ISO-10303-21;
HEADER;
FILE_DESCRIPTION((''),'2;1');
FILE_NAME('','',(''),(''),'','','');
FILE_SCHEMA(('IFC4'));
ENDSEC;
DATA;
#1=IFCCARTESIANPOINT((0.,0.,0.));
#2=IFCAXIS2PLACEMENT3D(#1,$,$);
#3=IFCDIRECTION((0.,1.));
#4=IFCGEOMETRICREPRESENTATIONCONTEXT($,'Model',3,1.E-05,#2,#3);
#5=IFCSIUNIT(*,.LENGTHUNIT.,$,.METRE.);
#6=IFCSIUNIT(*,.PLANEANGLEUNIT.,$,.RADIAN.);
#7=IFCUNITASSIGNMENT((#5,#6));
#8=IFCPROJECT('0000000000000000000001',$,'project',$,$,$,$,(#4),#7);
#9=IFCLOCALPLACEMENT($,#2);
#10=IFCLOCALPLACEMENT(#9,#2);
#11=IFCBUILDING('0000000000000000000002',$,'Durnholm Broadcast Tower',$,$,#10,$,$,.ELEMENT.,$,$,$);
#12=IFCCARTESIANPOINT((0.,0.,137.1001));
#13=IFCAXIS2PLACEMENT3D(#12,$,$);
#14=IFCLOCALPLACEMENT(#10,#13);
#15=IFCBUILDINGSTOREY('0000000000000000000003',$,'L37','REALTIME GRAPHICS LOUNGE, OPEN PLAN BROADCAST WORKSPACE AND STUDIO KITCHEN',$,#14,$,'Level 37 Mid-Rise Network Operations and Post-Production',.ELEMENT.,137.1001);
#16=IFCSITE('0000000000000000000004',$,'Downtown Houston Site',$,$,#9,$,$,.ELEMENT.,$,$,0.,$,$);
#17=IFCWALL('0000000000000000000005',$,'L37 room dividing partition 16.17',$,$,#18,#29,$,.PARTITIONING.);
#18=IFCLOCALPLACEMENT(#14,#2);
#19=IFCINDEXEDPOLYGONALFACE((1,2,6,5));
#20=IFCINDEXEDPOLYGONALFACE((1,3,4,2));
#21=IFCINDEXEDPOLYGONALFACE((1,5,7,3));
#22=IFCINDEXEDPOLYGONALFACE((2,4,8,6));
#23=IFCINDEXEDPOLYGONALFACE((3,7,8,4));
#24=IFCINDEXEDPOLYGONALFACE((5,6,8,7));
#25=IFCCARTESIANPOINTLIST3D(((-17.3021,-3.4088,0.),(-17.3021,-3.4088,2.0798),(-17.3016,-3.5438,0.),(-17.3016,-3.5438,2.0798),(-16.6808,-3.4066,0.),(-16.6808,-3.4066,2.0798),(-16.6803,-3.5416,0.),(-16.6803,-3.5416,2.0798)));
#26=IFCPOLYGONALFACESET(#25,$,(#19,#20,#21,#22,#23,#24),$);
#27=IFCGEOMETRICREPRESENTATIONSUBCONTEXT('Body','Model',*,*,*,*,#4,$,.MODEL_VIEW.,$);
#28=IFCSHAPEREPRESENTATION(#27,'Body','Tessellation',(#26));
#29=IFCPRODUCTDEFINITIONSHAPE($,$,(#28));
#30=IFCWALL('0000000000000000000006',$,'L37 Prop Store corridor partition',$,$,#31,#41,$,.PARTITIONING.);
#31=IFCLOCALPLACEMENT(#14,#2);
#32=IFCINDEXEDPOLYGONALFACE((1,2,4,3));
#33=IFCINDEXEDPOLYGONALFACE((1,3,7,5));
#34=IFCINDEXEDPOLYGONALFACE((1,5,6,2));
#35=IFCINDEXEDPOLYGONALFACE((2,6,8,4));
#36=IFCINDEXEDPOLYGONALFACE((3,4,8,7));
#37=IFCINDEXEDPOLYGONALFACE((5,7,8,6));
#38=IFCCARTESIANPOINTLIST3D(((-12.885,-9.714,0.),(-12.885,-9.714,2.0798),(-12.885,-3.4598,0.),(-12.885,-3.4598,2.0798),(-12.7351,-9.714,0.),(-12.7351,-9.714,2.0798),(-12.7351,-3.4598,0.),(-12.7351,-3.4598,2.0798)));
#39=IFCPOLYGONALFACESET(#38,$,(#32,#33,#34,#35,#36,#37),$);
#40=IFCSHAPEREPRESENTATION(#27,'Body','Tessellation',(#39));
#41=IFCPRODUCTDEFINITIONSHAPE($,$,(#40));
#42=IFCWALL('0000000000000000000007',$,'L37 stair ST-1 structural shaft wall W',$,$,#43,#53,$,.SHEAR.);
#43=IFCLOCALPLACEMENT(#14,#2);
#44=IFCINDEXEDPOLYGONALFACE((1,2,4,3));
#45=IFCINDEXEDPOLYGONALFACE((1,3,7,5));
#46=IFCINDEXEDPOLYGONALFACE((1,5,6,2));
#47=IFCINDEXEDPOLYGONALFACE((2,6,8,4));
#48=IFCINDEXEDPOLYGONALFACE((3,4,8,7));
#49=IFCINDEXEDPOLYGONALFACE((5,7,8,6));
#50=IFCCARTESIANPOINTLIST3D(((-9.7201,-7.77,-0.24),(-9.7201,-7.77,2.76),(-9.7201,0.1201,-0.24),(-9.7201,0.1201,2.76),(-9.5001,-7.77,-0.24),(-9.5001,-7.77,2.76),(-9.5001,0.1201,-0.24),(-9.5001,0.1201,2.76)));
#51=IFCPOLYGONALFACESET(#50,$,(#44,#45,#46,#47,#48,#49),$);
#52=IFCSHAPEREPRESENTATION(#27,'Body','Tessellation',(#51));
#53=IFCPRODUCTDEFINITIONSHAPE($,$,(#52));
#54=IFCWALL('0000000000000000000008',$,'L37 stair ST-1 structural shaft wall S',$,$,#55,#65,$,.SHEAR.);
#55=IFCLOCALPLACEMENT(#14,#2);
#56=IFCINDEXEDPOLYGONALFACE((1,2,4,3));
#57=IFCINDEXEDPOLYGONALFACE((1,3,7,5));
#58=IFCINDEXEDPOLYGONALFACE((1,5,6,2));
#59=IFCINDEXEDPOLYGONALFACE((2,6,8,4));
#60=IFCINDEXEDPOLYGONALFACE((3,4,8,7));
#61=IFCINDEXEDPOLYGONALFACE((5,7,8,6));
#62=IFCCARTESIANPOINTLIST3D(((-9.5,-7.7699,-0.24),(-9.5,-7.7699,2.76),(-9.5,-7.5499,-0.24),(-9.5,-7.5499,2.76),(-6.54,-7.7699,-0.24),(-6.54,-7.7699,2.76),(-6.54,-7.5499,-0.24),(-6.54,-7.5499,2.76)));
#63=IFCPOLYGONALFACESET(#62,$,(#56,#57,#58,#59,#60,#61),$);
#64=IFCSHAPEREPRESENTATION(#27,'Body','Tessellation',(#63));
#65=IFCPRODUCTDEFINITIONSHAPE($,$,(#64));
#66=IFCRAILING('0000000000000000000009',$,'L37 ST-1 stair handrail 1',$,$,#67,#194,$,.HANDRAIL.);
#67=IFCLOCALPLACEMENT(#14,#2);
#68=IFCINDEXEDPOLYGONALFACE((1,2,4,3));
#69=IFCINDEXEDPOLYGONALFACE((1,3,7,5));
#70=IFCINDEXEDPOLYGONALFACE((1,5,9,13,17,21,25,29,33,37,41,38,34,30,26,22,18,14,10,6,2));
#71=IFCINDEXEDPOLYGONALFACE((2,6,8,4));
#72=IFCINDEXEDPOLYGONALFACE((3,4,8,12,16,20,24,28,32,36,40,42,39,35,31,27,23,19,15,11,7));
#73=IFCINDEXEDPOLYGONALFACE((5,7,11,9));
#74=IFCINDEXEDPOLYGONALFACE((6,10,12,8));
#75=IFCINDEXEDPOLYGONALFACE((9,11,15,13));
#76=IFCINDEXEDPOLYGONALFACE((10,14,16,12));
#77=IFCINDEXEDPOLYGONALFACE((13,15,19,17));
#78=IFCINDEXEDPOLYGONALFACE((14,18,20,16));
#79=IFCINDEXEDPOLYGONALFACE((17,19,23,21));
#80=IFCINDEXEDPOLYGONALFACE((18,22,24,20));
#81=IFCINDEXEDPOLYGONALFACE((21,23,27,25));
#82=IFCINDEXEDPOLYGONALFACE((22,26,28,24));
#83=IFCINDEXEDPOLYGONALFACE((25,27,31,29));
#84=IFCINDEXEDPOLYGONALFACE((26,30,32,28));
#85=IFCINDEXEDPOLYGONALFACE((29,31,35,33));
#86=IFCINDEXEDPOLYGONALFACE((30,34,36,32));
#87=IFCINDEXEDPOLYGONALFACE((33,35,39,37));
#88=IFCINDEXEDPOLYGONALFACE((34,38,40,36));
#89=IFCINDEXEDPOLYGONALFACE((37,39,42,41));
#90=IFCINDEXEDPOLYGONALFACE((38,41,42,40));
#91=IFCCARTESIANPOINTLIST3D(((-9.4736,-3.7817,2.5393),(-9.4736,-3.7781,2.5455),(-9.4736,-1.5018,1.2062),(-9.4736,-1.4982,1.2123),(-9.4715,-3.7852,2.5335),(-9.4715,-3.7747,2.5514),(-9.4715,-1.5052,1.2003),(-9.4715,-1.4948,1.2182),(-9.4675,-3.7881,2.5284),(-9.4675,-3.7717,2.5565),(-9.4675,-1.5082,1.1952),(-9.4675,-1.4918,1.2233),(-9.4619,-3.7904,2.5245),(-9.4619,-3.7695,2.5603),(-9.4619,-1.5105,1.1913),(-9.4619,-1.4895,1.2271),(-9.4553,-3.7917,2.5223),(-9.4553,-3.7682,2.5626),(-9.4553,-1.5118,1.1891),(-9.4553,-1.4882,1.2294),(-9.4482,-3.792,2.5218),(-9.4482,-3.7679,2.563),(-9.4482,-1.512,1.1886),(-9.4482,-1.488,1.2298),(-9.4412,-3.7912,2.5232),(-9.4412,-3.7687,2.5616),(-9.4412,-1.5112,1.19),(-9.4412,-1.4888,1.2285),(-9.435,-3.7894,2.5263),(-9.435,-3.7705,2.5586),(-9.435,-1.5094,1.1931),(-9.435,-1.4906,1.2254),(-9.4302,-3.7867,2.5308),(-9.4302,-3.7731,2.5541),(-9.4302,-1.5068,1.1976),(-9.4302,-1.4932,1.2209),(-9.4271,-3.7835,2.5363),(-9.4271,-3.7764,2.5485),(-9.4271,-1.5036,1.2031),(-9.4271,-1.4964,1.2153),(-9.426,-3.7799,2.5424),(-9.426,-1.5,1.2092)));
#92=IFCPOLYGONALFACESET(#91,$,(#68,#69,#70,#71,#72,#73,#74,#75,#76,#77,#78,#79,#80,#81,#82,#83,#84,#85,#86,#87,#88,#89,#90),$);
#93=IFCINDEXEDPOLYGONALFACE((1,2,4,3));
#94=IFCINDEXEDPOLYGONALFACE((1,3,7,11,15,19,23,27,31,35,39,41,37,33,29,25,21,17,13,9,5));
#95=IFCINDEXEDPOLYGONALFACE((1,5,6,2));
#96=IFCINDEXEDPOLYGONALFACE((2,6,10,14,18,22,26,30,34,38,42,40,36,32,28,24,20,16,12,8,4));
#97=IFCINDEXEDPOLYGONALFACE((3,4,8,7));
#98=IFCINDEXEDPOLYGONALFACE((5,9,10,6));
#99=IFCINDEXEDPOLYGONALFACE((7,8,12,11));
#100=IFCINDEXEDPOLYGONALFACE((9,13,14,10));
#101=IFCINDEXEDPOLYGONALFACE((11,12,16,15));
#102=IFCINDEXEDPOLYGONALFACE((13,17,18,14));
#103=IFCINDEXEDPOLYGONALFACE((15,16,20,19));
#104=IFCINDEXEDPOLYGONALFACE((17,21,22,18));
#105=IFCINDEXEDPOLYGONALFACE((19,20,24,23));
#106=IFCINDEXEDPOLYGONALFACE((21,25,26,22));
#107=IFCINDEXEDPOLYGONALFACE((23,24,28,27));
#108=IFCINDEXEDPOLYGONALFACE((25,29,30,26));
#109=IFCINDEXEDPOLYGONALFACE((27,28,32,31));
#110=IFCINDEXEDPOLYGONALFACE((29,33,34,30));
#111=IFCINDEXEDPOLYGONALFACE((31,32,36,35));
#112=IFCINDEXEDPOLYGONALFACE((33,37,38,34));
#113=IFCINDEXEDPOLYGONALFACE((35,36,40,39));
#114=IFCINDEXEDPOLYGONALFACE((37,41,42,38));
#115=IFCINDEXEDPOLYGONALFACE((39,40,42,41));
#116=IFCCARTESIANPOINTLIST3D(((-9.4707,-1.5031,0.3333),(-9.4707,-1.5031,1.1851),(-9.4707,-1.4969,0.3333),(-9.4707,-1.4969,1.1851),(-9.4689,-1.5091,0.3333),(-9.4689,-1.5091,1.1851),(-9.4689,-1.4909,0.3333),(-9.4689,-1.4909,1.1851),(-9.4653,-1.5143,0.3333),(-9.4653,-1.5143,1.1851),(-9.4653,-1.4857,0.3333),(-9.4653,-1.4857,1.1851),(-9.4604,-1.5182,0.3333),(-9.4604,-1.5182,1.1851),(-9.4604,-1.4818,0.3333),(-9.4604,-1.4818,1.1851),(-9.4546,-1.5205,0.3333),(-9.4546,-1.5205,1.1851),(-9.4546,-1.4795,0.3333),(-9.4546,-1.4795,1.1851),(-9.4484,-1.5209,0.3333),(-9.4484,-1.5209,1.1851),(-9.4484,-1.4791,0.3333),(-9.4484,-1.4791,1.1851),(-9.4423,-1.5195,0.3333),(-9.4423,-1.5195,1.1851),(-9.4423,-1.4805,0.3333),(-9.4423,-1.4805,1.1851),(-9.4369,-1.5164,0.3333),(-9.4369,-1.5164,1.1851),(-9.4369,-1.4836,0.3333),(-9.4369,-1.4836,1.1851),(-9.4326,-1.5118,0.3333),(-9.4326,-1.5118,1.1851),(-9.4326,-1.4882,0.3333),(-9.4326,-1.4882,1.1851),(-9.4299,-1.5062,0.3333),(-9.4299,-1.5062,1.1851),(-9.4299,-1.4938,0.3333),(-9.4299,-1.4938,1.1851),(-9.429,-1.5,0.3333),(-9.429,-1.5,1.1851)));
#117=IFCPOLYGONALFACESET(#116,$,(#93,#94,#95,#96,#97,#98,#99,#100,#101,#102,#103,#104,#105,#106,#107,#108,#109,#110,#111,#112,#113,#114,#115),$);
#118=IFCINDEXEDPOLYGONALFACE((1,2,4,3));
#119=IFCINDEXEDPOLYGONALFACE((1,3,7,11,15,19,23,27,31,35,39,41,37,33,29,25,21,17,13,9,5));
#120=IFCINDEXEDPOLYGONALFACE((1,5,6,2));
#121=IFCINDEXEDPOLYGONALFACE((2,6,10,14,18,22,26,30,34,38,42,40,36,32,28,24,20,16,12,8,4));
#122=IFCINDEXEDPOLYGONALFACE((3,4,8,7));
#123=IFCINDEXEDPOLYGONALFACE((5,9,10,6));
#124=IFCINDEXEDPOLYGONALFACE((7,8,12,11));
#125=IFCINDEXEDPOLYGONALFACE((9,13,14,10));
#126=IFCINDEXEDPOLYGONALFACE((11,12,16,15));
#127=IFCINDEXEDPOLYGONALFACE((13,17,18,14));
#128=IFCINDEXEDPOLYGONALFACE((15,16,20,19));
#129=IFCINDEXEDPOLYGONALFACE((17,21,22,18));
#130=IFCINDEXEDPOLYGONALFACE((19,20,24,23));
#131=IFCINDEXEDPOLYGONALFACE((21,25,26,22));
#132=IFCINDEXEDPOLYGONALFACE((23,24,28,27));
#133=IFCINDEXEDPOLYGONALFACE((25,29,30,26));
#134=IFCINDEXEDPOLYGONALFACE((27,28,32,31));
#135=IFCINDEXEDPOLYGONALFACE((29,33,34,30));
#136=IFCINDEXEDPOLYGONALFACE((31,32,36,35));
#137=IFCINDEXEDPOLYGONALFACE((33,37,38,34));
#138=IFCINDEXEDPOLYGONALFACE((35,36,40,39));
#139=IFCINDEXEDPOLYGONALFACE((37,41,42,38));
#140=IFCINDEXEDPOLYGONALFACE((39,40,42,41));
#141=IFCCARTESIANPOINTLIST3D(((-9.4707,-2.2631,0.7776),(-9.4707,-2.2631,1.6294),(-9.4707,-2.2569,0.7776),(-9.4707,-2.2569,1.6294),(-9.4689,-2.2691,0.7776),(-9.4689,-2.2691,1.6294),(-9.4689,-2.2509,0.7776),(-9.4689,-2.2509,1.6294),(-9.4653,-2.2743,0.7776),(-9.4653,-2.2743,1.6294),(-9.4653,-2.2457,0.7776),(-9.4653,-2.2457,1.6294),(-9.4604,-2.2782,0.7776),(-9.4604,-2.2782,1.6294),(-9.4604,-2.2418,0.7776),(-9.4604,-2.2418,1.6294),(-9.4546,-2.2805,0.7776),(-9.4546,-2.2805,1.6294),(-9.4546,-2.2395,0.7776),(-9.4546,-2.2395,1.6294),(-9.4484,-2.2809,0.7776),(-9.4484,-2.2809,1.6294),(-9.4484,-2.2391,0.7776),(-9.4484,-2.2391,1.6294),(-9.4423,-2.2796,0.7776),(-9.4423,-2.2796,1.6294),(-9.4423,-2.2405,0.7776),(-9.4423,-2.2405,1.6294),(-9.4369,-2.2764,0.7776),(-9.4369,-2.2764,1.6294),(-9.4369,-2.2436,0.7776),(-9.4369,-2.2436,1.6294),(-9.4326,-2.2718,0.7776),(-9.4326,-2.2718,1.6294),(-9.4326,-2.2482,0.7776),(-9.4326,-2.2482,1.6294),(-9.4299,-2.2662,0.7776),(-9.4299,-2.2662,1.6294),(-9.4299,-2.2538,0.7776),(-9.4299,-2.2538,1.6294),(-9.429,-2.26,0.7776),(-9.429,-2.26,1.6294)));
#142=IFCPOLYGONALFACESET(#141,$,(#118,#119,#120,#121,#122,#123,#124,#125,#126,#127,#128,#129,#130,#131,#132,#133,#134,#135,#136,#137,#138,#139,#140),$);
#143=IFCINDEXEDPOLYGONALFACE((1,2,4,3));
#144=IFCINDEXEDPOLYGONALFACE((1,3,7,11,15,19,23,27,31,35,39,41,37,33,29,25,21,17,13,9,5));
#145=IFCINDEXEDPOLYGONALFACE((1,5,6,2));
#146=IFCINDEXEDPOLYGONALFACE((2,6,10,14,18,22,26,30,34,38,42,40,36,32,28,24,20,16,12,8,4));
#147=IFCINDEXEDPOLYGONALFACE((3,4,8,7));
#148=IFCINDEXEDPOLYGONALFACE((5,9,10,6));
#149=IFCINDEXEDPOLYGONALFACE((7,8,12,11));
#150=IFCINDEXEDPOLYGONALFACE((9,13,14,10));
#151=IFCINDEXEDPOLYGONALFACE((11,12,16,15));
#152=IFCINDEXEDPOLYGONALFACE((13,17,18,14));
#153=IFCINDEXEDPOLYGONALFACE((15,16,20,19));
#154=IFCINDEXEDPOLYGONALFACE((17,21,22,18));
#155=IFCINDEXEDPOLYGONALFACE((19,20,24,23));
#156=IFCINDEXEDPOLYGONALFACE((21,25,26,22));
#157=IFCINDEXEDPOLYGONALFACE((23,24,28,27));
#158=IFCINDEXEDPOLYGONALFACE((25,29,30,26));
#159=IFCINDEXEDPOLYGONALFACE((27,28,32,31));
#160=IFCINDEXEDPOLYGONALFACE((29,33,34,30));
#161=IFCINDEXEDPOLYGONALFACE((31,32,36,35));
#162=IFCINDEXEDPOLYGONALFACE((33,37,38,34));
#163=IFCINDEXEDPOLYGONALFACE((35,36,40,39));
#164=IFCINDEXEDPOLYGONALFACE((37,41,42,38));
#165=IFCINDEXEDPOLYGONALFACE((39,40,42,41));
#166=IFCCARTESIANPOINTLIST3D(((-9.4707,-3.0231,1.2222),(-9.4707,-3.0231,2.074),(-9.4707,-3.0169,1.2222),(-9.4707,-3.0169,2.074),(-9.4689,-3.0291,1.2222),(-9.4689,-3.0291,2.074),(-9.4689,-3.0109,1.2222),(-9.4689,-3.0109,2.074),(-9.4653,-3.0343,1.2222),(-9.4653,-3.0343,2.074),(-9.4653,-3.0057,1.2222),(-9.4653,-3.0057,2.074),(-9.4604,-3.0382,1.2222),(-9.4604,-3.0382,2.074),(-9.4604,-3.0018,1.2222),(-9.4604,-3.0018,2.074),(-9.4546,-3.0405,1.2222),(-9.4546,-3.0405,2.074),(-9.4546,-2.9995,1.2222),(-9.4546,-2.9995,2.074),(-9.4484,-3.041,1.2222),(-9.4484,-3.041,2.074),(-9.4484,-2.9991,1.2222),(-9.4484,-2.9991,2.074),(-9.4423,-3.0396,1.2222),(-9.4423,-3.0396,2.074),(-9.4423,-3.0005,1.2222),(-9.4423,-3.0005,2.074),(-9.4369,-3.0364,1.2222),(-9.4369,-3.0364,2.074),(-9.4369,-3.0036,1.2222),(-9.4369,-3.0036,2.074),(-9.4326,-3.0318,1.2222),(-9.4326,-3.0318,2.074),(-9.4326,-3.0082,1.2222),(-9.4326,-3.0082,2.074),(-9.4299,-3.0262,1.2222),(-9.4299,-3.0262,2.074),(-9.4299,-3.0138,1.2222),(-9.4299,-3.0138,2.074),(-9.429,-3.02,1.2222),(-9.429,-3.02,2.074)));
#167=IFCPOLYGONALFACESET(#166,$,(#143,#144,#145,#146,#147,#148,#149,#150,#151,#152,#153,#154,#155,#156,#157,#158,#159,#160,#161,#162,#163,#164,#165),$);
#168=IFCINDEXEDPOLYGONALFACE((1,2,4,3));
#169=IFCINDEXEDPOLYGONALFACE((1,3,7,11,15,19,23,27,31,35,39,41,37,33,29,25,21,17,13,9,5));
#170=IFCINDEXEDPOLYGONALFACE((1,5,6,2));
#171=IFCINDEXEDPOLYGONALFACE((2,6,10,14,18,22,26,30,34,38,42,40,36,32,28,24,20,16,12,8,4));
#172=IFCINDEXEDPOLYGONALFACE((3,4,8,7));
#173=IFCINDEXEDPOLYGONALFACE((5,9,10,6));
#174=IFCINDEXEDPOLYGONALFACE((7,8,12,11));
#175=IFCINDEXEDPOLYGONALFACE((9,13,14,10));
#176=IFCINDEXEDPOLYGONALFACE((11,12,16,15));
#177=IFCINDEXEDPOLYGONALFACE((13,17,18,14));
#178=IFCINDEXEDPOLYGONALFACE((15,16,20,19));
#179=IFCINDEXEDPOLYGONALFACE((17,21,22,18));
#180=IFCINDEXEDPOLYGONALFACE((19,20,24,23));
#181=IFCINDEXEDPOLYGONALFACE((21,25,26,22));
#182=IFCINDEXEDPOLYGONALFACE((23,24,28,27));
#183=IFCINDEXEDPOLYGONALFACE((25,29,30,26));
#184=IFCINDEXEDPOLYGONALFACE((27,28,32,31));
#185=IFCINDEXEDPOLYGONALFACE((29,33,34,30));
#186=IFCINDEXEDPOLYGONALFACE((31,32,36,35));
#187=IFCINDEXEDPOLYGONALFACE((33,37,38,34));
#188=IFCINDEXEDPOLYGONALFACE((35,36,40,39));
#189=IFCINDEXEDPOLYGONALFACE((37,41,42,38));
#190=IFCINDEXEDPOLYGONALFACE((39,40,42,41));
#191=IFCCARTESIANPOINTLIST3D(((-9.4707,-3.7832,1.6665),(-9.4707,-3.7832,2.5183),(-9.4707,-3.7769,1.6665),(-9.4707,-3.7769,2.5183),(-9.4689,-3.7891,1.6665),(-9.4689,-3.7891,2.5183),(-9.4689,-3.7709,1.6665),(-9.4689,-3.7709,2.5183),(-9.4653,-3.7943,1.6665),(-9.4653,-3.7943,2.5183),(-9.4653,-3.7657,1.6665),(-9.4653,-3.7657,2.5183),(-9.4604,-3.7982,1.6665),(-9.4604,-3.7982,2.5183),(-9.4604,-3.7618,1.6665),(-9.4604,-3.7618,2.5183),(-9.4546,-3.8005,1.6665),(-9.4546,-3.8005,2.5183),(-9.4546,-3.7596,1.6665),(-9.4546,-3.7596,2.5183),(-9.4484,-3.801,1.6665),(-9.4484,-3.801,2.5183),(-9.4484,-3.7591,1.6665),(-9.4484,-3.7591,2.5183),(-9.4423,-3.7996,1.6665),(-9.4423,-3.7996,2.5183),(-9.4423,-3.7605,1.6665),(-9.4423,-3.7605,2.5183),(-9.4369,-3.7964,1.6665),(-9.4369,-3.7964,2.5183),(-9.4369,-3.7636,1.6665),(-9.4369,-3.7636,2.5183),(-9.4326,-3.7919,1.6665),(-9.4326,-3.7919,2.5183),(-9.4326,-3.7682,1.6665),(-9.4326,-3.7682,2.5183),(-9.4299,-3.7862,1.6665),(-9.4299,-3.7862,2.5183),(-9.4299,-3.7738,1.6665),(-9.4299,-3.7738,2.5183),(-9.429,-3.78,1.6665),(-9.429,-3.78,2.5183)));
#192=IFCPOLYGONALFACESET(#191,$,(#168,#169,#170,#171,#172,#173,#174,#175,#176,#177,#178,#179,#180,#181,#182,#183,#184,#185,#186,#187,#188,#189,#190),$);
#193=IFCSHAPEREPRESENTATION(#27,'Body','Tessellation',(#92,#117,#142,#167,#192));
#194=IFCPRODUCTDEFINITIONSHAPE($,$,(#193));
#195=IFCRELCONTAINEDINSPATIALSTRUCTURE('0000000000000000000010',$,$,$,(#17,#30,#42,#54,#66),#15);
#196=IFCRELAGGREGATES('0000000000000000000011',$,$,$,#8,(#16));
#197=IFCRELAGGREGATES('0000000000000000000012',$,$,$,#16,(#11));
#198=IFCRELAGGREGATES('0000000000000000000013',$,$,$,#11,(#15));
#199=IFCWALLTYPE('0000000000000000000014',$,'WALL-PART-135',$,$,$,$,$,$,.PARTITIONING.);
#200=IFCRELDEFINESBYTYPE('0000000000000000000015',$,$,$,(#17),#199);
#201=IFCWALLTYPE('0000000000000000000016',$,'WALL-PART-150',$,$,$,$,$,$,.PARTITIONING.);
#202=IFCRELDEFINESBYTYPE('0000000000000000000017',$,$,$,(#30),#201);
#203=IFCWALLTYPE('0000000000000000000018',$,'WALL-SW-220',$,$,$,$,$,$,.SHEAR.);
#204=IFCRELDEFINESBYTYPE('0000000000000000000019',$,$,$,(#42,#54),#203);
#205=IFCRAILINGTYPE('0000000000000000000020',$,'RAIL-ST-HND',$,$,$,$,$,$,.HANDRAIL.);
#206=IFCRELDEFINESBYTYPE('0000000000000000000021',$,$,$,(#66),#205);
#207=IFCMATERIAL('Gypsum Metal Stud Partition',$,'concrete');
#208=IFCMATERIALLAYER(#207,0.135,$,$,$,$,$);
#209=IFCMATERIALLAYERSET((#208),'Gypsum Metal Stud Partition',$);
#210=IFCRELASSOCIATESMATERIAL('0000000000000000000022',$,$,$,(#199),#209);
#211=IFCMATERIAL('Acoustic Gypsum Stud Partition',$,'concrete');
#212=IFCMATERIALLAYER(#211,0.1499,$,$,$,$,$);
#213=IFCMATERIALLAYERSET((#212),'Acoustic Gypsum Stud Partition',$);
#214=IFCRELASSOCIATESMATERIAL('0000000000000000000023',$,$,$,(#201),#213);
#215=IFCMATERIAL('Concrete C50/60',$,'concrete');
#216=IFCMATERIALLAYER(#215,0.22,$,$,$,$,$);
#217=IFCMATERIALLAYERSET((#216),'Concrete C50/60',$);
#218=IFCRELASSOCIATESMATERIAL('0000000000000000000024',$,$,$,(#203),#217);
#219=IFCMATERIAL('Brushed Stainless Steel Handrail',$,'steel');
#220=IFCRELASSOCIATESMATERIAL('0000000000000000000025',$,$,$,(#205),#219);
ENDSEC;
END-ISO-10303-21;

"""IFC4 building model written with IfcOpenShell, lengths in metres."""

from ifc_helpers import new_model, si_unit, direction, frame, frame_2d, origin, origin_2d, place, context, subcontext, project, spatial, rectangle, circle, extrude, material, layer, layer_set, type_object, element, save


model = new_model("IFC4")

# Units and contexts
model_context = context("Model", 3, precision=1e-05, world=origin(), true_north=direction((0.0, 1.0)))
body_context = subcontext(model_context, "Body", "Model", "MODEL_VIEW")
ifc_project = project(units=[si_unit("LENGTHUNIT", "METRE"), si_unit("PLANEANGLEUNIT", "RADIAN")], contexts=[model_context])

# Site, building, storey
site_placement = place(None, origin())
site = spatial("IfcSite", under=ifc_project, at=site_placement, Name="Downtown Houston Site", CompositionType="ELEMENT", RefElevation=0.0)
building_placement = place(site_placement, origin())
building = spatial("IfcBuilding", under=site, at=building_placement, Name="Durnholm Broadcast Tower", CompositionType="ELEMENT")
storey_placement = place(building_placement, frame((0.0, 0.0, 137.1001)))
storey = spatial("IfcBuildingStorey", under=building, at=storey_placement, Name="L37", Description="REALTIME GRAPHICS LOUNGE, OPEN PLAN BROADCAST WORKSPACE AND STUDIO KITCHEN", LongName="Level 37 Mid-Rise Network Operations and Post-Production", CompositionType="ELEMENT", Elevation=137.1001)

# Walls
ifc_material_1 = material(Name="Gypsum Metal Stud Partition", Category="concrete")
ifc_layer_1 = layer(ifc_material_1, 0.135)
ifc_layer_set_1 = layer_set([ifc_layer_1], Name="Gypsum Metal Stud Partition")
wall_type_1 = type_object("IfcWallType", Name="WALL-PART-135", PredefinedType="PARTITIONING", material=ifc_layer_set_1)
wall_1_placement = place(storey_placement, frame((-17.3018, -3.4763, 0.0), z_axis=(0.0, 0.0, 1.0), x_axis=(0.999994, 0.003536, 0.0)))
element("IfcWall", 1, at=wall_1_placement, inside=storey, type_object=wall_type_1, Name="L37 room dividing partition 16.17", PredefinedType="PARTITIONING", context=body_context, shape_type="SweptSolid", body=[
    extrude(rectangle(XDim=0.6213, YDim=0.135, at=frame_2d((0.3105, 0.0))), origin(), (0.0, 0.0, 1.0), 2.0798),
])
ifc_material_2 = material(Name="Acoustic Gypsum Stud Partition", Category="concrete")
ifc_layer_2 = layer(ifc_material_2, 0.1499)
ifc_layer_set_2 = layer_set([ifc_layer_2], Name="Acoustic Gypsum Stud Partition")
wall_type_2 = type_object("IfcWallType", Name="WALL-PART-150", PredefinedType="PARTITIONING", material=ifc_layer_set_2)
wall_2_placement = place(storey_placement, frame((-12.8101, -3.46, 0.0), z_axis=(0.0, 0.0, 1.0), x_axis=(0.0, -1.0, 0.0)))
element("IfcWall", 2, at=wall_2_placement, inside=storey, type_object=wall_type_2, Name="L37 Prop Store corridor partition", PredefinedType="PARTITIONING", context=body_context, shape_type="SweptSolid", body=[
    extrude(rectangle(XDim=6.2542, YDim=0.1499, at=frame_2d((3.127, 0.0))), origin(), (0.0, 0.0, 1.0), 2.0798),
])
ifc_material_3 = material(Name="Concrete C50/60", Category="concrete")
ifc_layer_3 = layer(ifc_material_3, 0.22)
ifc_layer_set_3 = layer_set([ifc_layer_3], Name="Concrete C50/60")
wall_type_3 = type_object("IfcWallType", Name="WALL-SW-220", PredefinedType="SHEAR", material=ifc_layer_set_3)
wall_3_placement = place(storey_placement, frame((-9.6101, 0.1201, -0.24), z_axis=(0.0, 0.0, 1.0), x_axis=(0.0, -1.0, 0.0)))
element("IfcWall", 3, at=wall_3_placement, inside=storey, type_object=wall_type_3, Name="L37 stair ST-1 structural shaft wall W", PredefinedType="SHEAR", context=body_context, shape_type="SweptSolid", body=[
    extrude(rectangle(XDim=7.8901, YDim=0.22, at=frame_2d((3.9451, 0.0))), origin(), (0.0, 0.0, 1.0), 3.0),
])
wall_4_placement = place(storey_placement, frame((-9.5, -7.6599, -0.24), z_axis=(0.0, 0.0, 1.0), x_axis=(1.0, 0.0, 0.0)))
element("IfcWall", 4, at=wall_4_placement, inside=storey, type_object=wall_type_3, Name="L37 stair ST-1 structural shaft wall S", PredefinedType="SHEAR", context=body_context, shape_type="SweptSolid", body=[
    extrude(rectangle(XDim=2.96, YDim=0.22, at=frame_2d((1.48, 0.0))), origin(), (0.0, 0.0, 1.0), 3.0),
])

# Railing
ifc_material_4 = material(Name="Brushed Stainless Steel Handrail", Category="steel")
railing_type = type_object("IfcRailingType", Name="RAIL-ST-HND", PredefinedType="HANDRAIL", material=ifc_material_4)
railing_placement = place(storey_placement, frame((-9.45, -1.5, 0.3333)))
element("IfcRailing", 5, at=railing_placement, inside=storey, type_object=railing_type, Name="L37 ST-1 stair handrail 1", PredefinedType="HANDRAIL", context=body_context, shape_type="SweptSolid", body=[
    extrude(circle(Radius=0.0239, at=origin_2d()), frame((0.0, 0.0, 0.876), z_axis=(0.0, -0.863245, 0.504785), x_axis=(1.0, 0.0, 0.0)), (0.0, 0.0, 1.0), 2.6411),
    extrude(circle(Radius=0.021, at=origin_2d()), origin(), (0.0, 0.0, 1.0), 0.8518),
    extrude(circle(Radius=0.021, at=origin_2d()), frame((0.0, -0.76, 0.4443)), (0.0, 0.0, 1.0), 0.8518),
    extrude(circle(Radius=0.021, at=origin_2d()), frame((0.0, -1.52, 0.8889)), (0.0, 0.0, 1.0), 0.8518),
    extrude(circle(Radius=0.021, at=origin_2d()), frame((0.0, -2.28, 1.3333)), (0.0, 0.0, 1.0), 0.8518),
])

save(model, "model.ifc")
